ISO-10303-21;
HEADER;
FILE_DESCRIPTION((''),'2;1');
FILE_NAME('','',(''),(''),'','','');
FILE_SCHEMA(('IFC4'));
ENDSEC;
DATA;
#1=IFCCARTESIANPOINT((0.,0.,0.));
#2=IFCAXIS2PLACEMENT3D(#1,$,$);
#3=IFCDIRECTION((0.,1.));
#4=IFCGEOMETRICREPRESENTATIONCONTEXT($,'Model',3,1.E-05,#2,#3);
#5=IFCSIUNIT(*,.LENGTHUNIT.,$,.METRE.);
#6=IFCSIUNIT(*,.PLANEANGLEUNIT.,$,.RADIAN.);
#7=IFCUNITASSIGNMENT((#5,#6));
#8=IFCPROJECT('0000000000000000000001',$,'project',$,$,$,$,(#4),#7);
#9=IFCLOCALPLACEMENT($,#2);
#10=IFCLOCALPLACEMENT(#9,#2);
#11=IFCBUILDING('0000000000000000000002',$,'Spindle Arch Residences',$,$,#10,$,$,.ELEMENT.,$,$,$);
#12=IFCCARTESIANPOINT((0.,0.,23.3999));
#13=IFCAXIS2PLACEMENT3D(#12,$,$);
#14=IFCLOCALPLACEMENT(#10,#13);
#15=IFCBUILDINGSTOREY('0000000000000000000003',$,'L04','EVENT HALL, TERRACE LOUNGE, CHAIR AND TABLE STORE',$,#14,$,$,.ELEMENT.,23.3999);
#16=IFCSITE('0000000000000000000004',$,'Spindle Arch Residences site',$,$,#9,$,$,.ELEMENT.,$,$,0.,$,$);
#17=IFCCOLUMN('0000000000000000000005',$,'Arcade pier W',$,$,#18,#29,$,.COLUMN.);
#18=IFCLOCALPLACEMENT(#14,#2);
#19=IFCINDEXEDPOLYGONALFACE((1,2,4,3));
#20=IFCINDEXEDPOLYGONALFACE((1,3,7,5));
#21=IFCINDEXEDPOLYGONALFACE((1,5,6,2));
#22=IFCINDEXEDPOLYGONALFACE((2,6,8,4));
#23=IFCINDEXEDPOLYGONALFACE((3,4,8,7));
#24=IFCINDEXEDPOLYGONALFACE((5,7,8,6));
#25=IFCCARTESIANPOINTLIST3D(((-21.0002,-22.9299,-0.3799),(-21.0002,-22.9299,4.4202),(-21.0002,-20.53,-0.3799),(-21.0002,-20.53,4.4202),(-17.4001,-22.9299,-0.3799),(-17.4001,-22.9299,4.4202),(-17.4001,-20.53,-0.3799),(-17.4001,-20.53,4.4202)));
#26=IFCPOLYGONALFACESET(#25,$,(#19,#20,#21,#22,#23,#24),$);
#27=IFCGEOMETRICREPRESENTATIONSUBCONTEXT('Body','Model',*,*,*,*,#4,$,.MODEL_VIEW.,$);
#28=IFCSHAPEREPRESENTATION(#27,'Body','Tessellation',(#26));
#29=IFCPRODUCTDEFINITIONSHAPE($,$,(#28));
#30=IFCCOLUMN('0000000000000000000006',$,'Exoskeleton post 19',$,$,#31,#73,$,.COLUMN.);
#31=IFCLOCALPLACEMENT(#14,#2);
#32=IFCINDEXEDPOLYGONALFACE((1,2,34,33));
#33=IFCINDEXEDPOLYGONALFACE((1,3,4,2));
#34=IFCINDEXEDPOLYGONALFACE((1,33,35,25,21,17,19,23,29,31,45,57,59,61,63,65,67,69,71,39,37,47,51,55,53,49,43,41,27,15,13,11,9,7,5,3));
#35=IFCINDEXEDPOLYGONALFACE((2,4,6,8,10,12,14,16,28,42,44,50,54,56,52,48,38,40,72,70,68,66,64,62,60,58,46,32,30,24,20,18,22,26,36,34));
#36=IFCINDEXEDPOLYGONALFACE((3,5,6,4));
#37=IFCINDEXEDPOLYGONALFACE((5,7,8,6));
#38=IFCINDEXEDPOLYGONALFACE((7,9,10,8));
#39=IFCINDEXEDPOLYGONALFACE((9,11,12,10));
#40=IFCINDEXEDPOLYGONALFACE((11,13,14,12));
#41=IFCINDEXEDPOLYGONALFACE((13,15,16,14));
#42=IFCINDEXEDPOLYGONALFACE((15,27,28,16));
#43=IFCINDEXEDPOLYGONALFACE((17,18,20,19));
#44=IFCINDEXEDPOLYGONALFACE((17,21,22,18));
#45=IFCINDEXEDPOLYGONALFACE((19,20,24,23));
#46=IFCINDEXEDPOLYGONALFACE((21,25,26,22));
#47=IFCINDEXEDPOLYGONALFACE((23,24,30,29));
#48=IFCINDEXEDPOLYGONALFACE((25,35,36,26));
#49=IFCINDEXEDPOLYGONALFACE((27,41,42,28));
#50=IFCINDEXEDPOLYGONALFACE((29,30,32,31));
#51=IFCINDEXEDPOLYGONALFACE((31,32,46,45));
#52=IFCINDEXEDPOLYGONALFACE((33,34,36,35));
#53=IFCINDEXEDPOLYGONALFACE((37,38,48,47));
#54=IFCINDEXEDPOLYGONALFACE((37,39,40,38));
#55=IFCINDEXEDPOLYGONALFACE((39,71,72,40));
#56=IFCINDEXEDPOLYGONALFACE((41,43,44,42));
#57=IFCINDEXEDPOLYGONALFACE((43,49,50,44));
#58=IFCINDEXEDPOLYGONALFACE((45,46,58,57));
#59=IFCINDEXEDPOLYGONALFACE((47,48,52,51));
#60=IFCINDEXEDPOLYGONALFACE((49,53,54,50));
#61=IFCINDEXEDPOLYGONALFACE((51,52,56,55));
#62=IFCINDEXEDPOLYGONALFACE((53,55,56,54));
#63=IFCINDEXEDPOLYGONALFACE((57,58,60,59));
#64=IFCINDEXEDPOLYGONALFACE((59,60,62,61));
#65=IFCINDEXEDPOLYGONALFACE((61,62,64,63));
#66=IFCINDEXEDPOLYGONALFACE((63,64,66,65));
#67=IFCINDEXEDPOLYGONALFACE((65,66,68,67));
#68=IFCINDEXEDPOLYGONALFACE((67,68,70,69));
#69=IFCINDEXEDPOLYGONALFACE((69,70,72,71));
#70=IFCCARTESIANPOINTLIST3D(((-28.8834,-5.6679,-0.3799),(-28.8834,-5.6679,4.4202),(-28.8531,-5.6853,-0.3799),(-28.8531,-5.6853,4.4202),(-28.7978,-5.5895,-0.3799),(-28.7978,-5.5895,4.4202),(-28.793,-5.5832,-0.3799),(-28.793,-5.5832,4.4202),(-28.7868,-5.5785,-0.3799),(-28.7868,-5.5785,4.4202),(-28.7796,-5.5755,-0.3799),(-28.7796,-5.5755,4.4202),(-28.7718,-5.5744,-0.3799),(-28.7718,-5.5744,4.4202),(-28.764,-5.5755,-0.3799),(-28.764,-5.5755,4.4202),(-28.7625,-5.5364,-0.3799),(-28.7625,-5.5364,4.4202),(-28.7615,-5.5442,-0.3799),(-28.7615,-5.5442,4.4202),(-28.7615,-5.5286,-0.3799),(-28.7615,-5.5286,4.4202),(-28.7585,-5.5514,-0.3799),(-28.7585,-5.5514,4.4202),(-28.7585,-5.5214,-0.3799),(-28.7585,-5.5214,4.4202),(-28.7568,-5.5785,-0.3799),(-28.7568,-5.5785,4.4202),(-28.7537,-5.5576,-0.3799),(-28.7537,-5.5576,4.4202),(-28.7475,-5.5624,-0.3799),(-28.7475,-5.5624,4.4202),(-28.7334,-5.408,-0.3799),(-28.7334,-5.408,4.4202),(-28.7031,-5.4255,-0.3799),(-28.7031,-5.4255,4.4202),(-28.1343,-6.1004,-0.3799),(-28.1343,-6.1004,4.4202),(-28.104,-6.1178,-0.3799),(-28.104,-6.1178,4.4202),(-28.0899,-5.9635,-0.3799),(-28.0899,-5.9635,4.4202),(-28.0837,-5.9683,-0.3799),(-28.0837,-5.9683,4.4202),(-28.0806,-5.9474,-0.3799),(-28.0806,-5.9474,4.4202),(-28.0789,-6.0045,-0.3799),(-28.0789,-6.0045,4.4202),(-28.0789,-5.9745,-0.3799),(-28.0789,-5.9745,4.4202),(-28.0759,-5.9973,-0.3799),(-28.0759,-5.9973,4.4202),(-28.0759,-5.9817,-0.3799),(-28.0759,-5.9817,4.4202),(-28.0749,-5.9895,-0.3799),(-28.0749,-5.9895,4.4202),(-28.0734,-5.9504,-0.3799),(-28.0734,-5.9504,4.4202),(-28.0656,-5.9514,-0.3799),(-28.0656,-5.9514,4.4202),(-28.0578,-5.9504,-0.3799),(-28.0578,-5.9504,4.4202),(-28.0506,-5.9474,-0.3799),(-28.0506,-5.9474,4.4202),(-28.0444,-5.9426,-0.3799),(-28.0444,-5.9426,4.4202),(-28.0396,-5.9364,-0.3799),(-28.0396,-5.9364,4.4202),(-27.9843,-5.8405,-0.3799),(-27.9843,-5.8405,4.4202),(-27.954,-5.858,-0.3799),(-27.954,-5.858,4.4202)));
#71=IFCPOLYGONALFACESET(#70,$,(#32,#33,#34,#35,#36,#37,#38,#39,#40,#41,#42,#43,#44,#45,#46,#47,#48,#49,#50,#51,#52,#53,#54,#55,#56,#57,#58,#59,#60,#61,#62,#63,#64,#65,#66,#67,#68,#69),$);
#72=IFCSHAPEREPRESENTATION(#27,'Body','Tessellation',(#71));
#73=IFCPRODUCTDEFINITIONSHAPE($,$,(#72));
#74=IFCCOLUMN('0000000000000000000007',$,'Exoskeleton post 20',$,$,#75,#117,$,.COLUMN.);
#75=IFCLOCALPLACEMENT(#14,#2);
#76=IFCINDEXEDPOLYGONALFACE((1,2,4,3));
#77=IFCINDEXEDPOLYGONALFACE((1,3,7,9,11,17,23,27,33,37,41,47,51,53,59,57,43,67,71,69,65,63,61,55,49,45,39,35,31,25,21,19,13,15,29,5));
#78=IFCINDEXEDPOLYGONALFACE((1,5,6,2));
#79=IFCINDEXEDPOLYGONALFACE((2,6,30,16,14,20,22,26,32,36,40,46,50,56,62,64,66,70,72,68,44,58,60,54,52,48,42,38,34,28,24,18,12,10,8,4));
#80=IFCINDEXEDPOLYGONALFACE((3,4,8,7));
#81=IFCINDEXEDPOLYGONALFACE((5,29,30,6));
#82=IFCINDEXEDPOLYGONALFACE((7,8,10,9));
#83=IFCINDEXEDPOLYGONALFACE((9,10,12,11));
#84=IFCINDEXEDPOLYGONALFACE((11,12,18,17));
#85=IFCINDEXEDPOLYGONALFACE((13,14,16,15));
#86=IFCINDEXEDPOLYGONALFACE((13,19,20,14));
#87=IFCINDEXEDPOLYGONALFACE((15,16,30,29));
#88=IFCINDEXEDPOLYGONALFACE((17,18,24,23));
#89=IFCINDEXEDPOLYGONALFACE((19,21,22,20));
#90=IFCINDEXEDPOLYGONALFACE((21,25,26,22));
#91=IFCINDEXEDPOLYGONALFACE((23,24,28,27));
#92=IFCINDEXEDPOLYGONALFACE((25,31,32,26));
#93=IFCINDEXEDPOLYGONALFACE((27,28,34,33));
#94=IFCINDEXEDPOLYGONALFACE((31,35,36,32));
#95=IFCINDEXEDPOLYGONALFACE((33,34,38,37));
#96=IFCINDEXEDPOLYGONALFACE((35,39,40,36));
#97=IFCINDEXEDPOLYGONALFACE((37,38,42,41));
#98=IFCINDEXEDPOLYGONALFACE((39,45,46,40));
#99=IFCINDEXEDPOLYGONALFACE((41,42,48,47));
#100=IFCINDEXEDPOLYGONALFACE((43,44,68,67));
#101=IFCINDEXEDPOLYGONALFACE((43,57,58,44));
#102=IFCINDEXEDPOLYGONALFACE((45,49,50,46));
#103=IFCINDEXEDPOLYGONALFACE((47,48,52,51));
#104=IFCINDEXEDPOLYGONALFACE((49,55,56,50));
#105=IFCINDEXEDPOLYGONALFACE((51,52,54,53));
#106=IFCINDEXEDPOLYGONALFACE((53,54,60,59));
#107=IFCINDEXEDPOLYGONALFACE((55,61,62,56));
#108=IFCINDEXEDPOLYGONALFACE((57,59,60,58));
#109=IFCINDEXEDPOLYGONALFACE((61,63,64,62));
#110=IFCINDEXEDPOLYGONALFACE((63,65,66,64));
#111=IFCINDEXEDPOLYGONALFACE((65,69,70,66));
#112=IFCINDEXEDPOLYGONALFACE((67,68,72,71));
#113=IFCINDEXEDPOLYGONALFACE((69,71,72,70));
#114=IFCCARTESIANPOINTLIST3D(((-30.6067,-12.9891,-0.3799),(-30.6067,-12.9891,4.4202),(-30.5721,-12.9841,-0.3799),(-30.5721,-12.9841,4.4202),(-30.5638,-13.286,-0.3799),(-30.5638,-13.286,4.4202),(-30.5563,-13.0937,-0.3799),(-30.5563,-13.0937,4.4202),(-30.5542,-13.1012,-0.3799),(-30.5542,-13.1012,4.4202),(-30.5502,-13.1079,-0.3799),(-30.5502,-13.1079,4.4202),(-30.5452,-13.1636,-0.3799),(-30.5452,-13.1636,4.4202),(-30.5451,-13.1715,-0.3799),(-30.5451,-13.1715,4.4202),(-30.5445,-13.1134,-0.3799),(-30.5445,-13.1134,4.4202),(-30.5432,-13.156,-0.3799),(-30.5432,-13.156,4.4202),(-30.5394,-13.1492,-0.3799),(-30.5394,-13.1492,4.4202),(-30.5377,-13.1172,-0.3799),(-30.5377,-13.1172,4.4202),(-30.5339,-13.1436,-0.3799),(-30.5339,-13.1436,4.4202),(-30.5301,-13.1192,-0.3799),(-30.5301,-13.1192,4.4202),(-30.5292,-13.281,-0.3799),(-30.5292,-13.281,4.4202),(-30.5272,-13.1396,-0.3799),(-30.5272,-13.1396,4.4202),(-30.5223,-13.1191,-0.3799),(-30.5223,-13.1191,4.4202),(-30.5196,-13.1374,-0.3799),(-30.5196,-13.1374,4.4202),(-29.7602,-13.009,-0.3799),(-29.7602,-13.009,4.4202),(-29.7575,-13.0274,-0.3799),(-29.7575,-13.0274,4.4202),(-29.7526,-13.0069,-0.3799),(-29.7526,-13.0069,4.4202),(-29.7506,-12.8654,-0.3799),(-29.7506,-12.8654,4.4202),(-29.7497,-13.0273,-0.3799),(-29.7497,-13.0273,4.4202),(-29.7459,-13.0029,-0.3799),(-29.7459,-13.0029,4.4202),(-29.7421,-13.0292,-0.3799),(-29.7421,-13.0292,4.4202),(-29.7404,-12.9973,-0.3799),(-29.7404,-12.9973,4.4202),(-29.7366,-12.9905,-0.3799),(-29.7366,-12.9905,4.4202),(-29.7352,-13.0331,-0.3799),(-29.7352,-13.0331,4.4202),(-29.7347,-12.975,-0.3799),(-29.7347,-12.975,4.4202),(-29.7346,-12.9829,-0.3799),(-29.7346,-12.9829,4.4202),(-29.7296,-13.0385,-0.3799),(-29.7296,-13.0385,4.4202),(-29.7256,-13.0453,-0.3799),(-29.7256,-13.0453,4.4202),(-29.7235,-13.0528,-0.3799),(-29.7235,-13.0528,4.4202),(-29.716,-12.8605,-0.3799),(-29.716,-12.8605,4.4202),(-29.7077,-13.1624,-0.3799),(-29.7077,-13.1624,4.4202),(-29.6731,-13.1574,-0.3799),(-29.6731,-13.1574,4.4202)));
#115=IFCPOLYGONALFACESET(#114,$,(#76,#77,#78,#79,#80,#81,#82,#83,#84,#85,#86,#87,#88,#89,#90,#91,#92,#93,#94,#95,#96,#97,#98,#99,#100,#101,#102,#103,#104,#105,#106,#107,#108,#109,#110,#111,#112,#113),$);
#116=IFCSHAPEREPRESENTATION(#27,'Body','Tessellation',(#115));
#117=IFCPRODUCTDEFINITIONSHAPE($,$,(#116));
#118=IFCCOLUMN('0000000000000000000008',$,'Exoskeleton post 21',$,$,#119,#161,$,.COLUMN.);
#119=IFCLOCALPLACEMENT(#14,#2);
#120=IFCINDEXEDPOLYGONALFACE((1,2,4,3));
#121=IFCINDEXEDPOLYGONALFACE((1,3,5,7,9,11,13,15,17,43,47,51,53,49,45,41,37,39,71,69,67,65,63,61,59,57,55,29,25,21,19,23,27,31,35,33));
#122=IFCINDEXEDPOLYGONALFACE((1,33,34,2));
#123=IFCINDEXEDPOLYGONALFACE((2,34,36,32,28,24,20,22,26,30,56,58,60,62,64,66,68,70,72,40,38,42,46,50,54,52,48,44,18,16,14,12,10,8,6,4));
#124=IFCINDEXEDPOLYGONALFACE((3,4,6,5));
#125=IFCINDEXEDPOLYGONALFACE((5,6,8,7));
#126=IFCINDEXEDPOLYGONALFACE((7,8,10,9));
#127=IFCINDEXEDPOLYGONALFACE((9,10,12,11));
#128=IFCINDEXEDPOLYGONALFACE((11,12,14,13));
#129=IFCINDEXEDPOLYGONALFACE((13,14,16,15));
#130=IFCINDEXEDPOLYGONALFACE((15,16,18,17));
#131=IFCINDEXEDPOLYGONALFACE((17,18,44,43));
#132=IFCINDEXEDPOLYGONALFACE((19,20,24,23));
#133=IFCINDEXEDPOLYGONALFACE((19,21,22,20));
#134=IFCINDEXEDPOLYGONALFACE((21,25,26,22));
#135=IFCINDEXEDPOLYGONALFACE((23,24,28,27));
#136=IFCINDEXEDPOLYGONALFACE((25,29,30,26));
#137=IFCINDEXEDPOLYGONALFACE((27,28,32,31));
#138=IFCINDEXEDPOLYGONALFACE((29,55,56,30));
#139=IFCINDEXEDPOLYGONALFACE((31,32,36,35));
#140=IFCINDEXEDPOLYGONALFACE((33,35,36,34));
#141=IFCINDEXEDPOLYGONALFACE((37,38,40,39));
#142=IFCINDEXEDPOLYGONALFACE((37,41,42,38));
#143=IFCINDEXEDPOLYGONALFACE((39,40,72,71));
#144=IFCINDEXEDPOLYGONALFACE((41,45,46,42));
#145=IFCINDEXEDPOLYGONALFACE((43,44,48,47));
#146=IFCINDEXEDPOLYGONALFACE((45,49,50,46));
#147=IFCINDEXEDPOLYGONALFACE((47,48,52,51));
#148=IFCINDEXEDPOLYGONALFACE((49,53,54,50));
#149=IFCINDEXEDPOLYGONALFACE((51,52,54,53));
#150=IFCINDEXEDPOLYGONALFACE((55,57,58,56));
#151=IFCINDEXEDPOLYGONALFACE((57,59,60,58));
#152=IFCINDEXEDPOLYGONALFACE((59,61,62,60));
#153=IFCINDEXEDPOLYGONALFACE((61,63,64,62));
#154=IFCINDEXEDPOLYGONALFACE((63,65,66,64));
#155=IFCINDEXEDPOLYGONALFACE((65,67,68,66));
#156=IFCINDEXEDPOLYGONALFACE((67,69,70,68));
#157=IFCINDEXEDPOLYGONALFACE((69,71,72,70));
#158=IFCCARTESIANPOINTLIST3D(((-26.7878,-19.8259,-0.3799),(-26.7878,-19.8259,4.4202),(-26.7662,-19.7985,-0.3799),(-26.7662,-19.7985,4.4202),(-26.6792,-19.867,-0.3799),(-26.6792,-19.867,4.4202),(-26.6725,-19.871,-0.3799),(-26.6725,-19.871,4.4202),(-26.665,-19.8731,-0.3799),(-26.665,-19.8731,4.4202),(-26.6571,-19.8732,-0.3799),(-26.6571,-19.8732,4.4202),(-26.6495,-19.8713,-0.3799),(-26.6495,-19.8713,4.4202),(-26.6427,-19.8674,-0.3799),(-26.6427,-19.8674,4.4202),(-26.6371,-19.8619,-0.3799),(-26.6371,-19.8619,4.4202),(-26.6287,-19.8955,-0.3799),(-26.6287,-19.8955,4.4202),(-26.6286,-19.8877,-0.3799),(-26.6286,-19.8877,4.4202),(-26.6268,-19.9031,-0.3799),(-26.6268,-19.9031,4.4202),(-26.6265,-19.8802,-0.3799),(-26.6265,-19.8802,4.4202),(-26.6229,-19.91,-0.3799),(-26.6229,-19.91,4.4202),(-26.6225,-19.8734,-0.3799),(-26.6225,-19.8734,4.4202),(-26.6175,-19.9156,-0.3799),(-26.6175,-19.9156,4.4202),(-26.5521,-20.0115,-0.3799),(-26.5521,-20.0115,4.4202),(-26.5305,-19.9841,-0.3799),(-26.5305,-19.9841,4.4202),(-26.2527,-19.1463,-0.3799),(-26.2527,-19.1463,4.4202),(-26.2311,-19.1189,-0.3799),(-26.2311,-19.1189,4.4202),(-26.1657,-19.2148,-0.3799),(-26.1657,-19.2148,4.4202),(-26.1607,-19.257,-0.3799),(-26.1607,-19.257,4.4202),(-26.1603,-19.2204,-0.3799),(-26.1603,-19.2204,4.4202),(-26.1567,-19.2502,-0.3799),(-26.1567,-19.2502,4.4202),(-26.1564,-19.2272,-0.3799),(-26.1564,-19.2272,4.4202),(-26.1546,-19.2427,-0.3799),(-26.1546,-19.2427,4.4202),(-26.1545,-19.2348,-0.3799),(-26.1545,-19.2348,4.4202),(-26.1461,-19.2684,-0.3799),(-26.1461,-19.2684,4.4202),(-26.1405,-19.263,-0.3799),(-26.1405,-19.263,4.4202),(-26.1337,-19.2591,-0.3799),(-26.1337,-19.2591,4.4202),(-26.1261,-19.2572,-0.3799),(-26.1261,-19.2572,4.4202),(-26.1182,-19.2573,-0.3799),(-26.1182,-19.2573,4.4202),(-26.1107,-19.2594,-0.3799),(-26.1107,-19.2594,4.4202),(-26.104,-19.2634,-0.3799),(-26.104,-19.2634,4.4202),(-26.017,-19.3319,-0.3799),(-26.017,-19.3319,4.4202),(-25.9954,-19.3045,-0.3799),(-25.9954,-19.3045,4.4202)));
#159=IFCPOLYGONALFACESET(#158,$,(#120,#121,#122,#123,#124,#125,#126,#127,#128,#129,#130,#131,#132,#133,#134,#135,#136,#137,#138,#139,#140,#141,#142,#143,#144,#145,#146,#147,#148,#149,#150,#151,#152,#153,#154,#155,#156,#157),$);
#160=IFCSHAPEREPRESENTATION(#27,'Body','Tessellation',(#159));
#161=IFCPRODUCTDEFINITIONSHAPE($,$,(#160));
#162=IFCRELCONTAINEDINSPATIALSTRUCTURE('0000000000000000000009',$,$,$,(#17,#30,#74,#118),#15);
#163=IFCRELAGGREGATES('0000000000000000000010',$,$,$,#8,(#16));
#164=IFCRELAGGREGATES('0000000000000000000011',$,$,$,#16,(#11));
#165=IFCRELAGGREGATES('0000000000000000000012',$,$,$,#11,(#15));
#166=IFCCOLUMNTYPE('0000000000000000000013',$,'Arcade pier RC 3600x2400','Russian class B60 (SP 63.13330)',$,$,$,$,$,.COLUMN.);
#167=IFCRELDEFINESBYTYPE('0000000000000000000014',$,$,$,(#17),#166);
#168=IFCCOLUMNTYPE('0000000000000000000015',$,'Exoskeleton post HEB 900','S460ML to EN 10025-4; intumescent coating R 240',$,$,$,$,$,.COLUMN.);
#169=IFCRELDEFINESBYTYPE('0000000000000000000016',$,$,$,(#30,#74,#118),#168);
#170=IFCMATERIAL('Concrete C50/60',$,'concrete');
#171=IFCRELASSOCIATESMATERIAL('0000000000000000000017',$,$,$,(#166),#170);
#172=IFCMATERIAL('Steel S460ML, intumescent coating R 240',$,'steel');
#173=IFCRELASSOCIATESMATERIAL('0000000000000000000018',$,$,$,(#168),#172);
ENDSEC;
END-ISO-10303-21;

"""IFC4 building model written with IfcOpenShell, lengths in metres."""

from ifc_helpers import new_model, si_unit, direction, frame, origin, origin_2d, place, context, subcontext, project, spatial, rectangle, i_section, extrude, material, material_profile, profile_set, type_object, element, save


model = new_model("IFC4")

# Units and contexts
model_context = context("Model", 3, precision=1e-05, world=origin(), true_north=direction((0.0, 1.0)))
body_context = subcontext(model_context, "Body", "Model", "MODEL_VIEW")
ifc_project = project(units=[si_unit("LENGTHUNIT", "METRE"), si_unit("PLANEANGLEUNIT", "RADIAN")], contexts=[model_context])

# Site, building, storey
site_placement = place(None, origin())
site = spatial("IfcSite", under=ifc_project, at=site_placement, Name="Spindle Arch Residences site", CompositionType="ELEMENT", RefElevation=0.0)
building_placement = place(site_placement, origin())
building = spatial("IfcBuilding", under=site, at=building_placement, Name="Spindle Arch Residences", CompositionType="ELEMENT")
storey_placement = place(building_placement, frame((0.0, 0.0, 23.3999)))
storey = spatial("IfcBuildingStorey", under=building, at=storey_placement, Name="L04", Description="EVENT HALL, TERRACE LOUNGE, CHAIR AND TABLE STORE", CompositionType="ELEMENT", Elevation=23.3999)

# Columns
ifc_material_1 = material(Name="Concrete C50/60", Category="concrete")
ifc_material_profile_1 = material_profile(ifc_material_1, rectangle(XDim=3.6001, YDim=2.3999, at=origin_2d()), Name="RC 3600x2400")
ifc_profile_set_1 = profile_set([ifc_material_profile_1], Name="Concrete C50/60")
column_type_1 = type_object("IfcColumnType", Name="Arcade pier RC 3600x2400", Description="Russian class B60 (SP 63.13330)", PredefinedType="COLUMN", material=ifc_profile_set_1)
column_1_placement = place(storey_placement, frame((-19.2002, -21.73, -0.3799), z_axis=(0.0, 0.0, 1.0), x_axis=(1.0, 0.0, 0.0)))
element("IfcColumn", 1, at=column_1_placement, inside=storey, type_object=column_type_1, Name="Arcade pier W", PredefinedType="COLUMN", context=body_context, shape_type="SweptSolid", body=[
    extrude(rectangle(XDim=3.6001, YDim=2.3999, at=origin_2d()), origin(), (0.0, 0.0, 1.0), 4.8),
])
ifc_material_2 = material(Name="Steel S460ML, intumescent coating R 240", Category="steel")
ifc_material_profile_2 = material_profile(ifc_material_2, i_section(OverallWidth=0.3, OverallDepth=0.8999, WebThickness=0.0186, FlangeThickness=0.0349, FilletRadius=0.03, at=origin_2d()), Name="HEB 900")
ifc_profile_set_2 = profile_set([ifc_material_profile_2], Name="Steel S460ML, intumescent coating R 240")
column_type_2 = type_object("IfcColumnType", Name="Exoskeleton post HEB 900", Description="S460ML to EN 10025-4; intumescent coating R 240", PredefinedType="COLUMN", material=ifc_profile_set_2)
for number, where, z_axis, x_axis, name in (
    (2, (-28.4187, -5.7629, -0.3799), (0.0, 0.0, 1.0), (0.5, 0.866025, 0.0), "Exoskeleton post 19"),
    (3, (-30.1399, -13.0732, -0.3799), (0.0, 0.0, 1.0), (-0.142906, 0.989736, 0.0), "Exoskeleton post 20"),
    (4, (-26.3916, -19.5652, -0.3799), (0.0, 0.0, 1.0), (-0.785684, 0.618629, 0.0), "Exoskeleton post 21"),
):
    element("IfcColumn", number, at=place(storey_placement, frame(where, z_axis=z_axis, x_axis=x_axis)), inside=storey, type_object=column_type_2, Name=name, PredefinedType="COLUMN", context=body_context, shape_type="SweptSolid", body=[
        extrude(i_section(OverallWidth=0.3, OverallDepth=0.8999, WebThickness=0.0186, FlangeThickness=0.0349, FilletRadius=0.03, at=origin_2d()), origin(), (0.0, 0.0, 1.0), 4.8),
    ])

save(model, "model.ifc")
